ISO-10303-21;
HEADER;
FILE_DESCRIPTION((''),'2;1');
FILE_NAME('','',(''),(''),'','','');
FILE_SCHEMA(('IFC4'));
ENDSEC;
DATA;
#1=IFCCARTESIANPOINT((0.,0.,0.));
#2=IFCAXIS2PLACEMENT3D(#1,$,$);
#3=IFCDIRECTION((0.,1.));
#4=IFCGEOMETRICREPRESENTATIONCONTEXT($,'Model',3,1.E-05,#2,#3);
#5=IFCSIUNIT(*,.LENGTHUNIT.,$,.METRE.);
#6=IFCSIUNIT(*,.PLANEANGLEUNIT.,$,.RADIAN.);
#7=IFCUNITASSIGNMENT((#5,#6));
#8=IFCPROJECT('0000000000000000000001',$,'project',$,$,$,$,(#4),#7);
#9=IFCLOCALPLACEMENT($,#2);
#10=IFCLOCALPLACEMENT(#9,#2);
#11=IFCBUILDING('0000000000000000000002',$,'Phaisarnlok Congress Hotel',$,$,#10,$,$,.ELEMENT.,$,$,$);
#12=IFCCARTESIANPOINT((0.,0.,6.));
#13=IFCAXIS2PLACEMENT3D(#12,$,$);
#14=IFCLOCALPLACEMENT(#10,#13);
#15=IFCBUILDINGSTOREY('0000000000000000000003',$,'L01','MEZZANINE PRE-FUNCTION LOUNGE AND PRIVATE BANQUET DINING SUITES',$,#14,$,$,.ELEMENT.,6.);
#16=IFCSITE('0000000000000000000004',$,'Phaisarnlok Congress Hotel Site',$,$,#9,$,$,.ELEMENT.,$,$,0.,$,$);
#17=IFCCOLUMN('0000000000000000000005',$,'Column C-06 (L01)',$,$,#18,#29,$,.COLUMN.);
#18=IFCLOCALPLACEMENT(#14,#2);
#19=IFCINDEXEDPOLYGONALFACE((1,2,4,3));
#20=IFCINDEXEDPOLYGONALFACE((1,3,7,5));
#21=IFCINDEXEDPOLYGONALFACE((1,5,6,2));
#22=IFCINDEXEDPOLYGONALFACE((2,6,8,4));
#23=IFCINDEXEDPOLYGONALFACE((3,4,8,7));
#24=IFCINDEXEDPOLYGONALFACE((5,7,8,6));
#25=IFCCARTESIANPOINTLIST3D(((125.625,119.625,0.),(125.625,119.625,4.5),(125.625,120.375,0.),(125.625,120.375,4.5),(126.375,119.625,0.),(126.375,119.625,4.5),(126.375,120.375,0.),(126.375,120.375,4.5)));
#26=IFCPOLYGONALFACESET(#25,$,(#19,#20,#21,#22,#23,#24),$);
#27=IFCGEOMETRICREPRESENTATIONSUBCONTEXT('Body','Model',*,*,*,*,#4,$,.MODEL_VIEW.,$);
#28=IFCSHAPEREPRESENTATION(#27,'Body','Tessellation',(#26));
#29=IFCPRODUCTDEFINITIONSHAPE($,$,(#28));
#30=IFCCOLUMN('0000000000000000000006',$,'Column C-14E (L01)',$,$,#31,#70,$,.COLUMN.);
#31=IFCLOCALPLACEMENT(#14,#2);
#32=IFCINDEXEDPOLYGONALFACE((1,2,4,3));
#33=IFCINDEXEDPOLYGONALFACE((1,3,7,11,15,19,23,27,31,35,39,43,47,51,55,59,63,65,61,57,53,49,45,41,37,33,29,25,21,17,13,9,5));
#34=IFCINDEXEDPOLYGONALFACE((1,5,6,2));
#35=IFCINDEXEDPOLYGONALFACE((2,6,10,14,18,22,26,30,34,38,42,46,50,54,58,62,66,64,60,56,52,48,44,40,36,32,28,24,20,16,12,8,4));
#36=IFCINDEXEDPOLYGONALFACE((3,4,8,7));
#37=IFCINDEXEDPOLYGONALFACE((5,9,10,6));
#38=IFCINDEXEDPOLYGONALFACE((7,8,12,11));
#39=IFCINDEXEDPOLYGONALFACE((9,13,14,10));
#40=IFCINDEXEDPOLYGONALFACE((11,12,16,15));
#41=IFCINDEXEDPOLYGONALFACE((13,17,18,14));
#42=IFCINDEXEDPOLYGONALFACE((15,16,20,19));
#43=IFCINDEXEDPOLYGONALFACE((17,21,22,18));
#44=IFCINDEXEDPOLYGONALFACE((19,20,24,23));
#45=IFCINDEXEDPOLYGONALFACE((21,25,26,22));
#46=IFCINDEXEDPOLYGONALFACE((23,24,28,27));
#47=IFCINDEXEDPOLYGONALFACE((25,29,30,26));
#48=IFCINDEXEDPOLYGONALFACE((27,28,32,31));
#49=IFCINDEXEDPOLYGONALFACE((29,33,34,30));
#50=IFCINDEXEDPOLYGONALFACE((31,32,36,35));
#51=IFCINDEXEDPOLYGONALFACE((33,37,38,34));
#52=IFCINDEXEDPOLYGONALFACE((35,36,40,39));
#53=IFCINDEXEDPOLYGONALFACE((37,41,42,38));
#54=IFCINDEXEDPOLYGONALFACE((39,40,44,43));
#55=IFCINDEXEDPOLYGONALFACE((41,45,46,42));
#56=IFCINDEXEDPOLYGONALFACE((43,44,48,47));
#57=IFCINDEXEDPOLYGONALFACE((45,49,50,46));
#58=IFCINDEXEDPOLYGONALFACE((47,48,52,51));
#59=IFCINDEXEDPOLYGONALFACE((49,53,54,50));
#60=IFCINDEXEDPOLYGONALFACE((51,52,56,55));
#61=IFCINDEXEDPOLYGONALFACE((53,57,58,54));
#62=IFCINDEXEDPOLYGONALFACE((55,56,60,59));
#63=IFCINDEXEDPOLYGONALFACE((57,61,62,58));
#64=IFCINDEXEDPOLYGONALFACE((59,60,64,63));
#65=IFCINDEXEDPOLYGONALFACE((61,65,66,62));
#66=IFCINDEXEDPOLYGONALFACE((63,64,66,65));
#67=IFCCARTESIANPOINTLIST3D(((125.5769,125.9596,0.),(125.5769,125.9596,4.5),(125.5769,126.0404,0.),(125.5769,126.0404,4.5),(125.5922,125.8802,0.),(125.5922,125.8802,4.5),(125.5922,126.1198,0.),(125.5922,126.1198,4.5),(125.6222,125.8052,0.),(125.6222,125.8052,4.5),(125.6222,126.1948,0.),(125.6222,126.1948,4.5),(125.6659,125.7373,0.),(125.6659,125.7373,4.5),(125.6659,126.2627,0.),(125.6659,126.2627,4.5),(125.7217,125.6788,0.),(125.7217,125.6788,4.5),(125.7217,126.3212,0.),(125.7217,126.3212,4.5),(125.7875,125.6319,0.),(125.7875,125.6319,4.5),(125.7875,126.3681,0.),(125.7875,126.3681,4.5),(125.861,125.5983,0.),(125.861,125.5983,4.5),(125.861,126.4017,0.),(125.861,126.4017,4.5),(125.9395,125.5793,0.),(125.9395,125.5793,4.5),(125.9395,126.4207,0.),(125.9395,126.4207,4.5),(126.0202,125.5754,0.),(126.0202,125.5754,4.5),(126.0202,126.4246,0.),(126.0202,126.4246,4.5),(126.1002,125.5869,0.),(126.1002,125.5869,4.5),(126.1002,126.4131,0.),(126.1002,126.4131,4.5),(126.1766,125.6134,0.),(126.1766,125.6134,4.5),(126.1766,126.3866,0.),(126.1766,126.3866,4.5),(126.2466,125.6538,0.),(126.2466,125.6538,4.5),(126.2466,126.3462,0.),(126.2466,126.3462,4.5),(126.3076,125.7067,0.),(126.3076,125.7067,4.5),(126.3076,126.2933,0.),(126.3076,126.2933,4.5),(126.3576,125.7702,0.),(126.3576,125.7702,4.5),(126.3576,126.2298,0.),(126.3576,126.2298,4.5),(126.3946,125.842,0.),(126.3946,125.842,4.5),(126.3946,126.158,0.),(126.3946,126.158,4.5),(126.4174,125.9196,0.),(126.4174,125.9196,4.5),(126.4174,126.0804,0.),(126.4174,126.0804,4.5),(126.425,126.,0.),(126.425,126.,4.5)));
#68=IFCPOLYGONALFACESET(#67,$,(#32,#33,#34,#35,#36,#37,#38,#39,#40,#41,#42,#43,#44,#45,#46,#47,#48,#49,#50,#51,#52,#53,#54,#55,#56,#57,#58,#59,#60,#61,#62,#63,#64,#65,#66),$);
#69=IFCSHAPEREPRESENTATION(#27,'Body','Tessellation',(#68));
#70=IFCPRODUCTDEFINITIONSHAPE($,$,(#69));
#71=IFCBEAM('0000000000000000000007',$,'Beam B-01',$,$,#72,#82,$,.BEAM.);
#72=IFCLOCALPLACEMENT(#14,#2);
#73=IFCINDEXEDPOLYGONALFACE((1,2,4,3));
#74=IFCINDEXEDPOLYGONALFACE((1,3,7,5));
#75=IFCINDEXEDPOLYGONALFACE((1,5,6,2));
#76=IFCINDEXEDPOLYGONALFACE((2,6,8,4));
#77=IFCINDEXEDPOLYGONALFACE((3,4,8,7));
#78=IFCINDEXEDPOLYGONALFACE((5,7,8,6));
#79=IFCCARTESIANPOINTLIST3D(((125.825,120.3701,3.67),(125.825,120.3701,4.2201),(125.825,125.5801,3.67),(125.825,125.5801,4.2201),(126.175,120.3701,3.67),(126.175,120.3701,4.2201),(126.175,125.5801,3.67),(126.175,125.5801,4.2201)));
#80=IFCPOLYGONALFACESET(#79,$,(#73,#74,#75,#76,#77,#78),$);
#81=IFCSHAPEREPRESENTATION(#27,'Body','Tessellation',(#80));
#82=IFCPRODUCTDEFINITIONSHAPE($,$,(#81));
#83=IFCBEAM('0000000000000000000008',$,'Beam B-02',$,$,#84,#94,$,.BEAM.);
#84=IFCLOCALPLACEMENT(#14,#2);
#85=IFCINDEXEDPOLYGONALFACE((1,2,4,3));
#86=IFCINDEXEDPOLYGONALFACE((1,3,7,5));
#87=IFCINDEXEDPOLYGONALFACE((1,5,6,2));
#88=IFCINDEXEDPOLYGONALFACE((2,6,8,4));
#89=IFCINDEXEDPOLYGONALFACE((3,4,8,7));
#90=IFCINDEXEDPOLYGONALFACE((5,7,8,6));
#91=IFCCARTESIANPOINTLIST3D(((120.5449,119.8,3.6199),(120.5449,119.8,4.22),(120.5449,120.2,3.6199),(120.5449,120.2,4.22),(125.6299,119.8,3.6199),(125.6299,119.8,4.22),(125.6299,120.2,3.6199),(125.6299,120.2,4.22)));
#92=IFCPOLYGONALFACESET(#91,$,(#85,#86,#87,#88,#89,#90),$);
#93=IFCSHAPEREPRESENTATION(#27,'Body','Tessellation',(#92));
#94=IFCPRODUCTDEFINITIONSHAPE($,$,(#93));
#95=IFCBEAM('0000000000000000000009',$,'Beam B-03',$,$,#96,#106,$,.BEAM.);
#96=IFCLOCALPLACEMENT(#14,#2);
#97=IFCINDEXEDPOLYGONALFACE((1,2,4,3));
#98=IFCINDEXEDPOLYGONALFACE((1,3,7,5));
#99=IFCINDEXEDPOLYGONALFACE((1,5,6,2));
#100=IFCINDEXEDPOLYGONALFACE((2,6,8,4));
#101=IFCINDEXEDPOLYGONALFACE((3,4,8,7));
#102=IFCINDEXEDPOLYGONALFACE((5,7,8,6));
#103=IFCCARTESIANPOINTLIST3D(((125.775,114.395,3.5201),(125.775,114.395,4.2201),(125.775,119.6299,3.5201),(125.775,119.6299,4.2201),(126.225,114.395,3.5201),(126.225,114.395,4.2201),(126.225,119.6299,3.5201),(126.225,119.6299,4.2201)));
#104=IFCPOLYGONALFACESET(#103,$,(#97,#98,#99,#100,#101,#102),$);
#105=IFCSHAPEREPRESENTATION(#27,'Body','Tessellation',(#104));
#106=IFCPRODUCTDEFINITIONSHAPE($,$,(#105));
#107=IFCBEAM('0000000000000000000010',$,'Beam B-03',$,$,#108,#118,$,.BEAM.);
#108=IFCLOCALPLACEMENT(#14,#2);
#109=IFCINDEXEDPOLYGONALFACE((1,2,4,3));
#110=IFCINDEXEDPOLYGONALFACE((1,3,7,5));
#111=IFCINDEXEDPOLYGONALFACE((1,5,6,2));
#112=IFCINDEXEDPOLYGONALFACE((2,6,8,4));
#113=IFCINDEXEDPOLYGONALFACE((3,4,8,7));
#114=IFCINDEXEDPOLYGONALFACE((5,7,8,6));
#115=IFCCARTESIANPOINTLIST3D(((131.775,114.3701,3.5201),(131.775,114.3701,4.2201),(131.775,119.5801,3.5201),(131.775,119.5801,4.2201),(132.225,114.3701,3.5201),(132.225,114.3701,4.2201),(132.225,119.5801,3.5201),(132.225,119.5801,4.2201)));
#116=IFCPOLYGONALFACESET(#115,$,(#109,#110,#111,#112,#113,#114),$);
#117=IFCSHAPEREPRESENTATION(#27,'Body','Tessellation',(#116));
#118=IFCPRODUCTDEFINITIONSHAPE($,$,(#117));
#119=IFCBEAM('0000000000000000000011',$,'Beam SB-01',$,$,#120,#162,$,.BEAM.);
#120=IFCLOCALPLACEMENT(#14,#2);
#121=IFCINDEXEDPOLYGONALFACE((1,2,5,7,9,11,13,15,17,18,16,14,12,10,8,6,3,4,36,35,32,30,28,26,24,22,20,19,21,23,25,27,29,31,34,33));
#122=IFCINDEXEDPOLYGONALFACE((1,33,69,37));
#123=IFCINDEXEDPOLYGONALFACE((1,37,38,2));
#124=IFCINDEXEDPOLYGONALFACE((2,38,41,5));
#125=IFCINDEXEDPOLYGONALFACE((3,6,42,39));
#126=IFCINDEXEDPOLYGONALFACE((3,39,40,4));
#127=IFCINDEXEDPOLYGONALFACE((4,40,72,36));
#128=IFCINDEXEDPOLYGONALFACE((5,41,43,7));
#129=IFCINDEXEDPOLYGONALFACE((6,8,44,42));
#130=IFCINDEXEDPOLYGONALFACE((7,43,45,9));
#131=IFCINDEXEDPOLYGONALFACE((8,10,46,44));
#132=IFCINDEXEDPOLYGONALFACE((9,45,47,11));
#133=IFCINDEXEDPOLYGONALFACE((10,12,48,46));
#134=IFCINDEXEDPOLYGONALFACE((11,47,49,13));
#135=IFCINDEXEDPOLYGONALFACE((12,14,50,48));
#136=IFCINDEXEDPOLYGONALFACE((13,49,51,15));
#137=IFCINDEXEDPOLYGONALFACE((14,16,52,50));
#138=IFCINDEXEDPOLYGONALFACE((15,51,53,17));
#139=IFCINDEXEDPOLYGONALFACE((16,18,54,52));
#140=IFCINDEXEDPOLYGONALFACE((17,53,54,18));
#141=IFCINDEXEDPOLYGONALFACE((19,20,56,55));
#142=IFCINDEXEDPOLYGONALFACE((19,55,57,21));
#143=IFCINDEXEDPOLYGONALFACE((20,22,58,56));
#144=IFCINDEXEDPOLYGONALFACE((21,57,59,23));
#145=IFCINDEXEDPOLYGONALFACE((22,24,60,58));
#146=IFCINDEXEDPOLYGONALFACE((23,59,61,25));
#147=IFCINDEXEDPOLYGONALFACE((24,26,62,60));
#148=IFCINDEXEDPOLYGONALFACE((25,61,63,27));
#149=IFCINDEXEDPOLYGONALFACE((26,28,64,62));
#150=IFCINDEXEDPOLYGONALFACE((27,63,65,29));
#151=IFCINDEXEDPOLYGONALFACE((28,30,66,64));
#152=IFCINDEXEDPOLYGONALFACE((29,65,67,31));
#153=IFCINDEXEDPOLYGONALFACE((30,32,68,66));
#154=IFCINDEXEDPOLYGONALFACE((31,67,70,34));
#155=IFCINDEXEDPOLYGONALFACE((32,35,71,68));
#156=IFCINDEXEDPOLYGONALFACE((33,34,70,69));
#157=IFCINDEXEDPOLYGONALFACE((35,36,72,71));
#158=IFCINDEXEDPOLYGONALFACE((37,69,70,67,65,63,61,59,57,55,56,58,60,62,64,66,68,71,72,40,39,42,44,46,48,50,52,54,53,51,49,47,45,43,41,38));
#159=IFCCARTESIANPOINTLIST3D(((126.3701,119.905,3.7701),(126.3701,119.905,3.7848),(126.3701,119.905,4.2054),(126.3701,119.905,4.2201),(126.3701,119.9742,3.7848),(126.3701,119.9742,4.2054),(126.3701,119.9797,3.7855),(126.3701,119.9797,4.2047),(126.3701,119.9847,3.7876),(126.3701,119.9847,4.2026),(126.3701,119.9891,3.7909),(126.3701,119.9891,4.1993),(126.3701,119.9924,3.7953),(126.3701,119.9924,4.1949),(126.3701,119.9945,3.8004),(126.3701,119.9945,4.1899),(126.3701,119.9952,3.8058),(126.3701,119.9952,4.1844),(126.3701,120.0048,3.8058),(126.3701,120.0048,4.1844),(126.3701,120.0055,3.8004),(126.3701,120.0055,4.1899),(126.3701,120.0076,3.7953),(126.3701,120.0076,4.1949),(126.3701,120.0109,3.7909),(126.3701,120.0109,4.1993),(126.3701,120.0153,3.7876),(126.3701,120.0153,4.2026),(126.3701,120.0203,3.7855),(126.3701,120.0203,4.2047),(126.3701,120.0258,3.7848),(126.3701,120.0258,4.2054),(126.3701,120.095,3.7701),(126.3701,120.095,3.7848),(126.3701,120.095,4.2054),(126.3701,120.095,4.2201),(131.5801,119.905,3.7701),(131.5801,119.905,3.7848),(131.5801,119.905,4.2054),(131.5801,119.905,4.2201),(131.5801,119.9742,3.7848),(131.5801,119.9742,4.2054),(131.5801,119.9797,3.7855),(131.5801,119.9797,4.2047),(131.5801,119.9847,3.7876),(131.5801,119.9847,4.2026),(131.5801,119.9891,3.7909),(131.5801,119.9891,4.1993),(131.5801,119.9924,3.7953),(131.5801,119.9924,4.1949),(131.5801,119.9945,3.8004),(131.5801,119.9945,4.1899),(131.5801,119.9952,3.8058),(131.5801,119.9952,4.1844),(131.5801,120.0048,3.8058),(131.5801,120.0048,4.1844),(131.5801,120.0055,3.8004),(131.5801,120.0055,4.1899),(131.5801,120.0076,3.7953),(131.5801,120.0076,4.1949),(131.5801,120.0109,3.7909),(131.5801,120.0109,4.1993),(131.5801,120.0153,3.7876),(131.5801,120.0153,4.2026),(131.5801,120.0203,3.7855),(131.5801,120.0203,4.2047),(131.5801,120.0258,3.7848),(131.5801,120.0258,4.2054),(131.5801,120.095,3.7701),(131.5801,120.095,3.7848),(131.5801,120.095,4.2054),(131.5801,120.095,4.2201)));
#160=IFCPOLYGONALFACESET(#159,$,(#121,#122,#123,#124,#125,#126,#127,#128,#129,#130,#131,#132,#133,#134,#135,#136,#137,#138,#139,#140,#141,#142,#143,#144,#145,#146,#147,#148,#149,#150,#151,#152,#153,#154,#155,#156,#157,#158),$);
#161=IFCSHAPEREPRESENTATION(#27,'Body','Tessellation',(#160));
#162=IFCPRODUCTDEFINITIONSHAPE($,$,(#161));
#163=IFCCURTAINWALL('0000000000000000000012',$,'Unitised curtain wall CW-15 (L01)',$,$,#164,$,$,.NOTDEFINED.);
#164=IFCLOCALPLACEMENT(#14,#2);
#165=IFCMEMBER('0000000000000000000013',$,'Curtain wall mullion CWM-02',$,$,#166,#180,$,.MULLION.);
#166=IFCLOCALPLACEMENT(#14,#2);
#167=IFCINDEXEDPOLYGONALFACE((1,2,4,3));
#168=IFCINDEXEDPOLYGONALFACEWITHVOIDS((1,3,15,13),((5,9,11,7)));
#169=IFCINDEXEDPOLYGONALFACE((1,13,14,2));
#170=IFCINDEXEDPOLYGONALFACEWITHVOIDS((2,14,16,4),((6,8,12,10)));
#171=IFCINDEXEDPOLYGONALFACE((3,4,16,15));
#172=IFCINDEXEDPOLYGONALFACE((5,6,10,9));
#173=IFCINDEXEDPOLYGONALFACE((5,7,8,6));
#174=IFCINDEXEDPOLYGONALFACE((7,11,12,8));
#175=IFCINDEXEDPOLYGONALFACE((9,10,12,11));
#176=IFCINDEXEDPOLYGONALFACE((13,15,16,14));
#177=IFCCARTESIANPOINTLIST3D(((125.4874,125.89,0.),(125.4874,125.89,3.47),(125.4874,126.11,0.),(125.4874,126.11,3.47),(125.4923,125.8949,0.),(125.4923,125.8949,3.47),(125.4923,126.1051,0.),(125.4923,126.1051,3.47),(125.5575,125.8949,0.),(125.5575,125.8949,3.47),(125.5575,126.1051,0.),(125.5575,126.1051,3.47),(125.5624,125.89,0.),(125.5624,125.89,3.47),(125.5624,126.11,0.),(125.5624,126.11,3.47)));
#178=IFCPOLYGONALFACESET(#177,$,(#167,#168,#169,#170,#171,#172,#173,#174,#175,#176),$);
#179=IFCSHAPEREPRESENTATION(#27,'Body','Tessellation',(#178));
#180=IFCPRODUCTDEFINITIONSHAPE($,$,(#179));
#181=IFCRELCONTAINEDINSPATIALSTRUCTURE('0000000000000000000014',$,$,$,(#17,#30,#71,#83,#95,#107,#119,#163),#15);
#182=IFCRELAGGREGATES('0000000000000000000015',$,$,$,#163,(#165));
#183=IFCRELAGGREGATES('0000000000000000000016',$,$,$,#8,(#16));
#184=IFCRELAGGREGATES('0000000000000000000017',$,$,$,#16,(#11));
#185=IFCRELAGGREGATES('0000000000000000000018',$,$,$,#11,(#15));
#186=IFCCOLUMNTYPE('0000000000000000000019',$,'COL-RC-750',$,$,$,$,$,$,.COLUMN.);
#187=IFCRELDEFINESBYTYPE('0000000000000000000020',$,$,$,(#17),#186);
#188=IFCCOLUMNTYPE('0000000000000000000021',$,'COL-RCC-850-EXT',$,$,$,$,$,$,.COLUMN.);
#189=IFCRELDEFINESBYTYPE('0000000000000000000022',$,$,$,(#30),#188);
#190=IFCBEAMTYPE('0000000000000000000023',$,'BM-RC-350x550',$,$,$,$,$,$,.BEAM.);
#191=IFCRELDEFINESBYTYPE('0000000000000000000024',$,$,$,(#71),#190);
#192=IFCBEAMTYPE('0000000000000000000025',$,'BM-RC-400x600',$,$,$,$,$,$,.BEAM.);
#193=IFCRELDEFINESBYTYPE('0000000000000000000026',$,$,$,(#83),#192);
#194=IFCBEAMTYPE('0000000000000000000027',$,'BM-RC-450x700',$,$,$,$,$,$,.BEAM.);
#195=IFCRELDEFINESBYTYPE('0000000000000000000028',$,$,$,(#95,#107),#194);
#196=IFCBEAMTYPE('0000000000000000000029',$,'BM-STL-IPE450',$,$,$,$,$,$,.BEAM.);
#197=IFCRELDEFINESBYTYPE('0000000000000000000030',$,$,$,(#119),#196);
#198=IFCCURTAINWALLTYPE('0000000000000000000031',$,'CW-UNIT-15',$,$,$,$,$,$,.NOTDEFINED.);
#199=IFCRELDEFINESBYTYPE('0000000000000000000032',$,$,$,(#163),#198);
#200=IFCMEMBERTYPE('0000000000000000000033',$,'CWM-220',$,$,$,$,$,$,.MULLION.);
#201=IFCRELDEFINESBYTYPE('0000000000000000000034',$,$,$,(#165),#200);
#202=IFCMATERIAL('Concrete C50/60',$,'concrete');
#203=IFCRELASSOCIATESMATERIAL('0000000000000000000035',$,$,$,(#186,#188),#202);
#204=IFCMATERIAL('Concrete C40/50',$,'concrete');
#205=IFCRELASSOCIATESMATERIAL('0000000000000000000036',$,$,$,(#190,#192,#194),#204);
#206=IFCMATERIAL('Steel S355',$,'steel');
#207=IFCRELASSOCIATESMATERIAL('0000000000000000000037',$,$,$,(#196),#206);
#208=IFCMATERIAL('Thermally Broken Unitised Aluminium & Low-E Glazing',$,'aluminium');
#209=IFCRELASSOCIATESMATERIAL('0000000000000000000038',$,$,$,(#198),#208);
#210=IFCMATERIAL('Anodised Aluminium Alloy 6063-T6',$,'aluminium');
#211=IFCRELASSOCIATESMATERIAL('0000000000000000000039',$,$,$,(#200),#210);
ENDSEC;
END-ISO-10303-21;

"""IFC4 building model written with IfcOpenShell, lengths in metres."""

from ifc_helpers import new_model, si_unit, direction, frame, origin, origin_2d, place, context, subcontext, project, spatial, rectangle, hollow_rectangle, circle, i_section, extrude, material, material_profile, profile_set, type_object, element, aggregate, save


model = new_model("IFC4")

# Units and contexts
model_context = context("Model", 3, precision=1e-05, world=origin(), true_north=direction((0.0, 1.0)))
body_context = subcontext(model_context, "Body", "Model", "MODEL_VIEW")
ifc_project = project(units=[si_unit("LENGTHUNIT", "METRE"), si_unit("PLANEANGLEUNIT", "RADIAN")], contexts=[model_context])

# Site, building, storey
site_placement = place(None, origin())
site = spatial("IfcSite", under=ifc_project, at=site_placement, Name="Phaisarnlok Congress Hotel Site", CompositionType="ELEMENT", RefElevation=0.0)
building_placement = place(site_placement, origin())
building = spatial("IfcBuilding", under=site, at=building_placement, Name="Phaisarnlok Congress Hotel", CompositionType="ELEMENT")
storey_placement = place(building_placement, frame((0.0, 0.0, 6.0)))
storey = spatial("IfcBuildingStorey", under=building, at=storey_placement, Name="L01", Description="MEZZANINE PRE-FUNCTION LOUNGE AND PRIVATE BANQUET DINING SUITES", CompositionType="ELEMENT", Elevation=6.0)

# Columns
ifc_material_1 = material(Name="Concrete C50/60", Category="concrete")
ifc_material_profile_1 = material_profile(ifc_material_1, rectangle(XDim=0.75, YDim=0.75, at=origin_2d()), Name="RC 750x750")
ifc_profile_set_1 = profile_set([ifc_material_profile_1], Name="Concrete C50/60")
column_type_1 = type_object("IfcColumnType", Name="COL-RC-750", PredefinedType="COLUMN", material=ifc_profile_set_1)
column_1_placement = place(storey_placement, frame((126.0, 120.0, 0.0), z_axis=(0.0, 0.0, 1.0), x_axis=(1.0, 0.0, 0.0)))
element("IfcColumn", 1, at=column_1_placement, inside=storey, type_object=column_type_1, Name="Column C-06 (L01)", PredefinedType="COLUMN", context=body_context, shape_type="SweptSolid", body=[
    extrude(rectangle(XDim=0.75, YDim=0.75, at=origin_2d()), origin(), (0.0, 0.0, 1.0), 4.5),
])
ifc_material_profile_2 = material_profile(ifc_material_1, circle(Radius=0.425, at=origin_2d()), Name="RCC D850")
ifc_profile_set_2 = profile_set([ifc_material_profile_2], Name="Concrete C50/60")
column_type_2 = type_object("IfcColumnType", Name="COL-RCC-850-EXT", PredefinedType="COLUMN", material=ifc_profile_set_2)
column_2_placement = place(storey_placement, frame((126.0, 126.0, 0.0), z_axis=(0.0, 0.0, 1.0), x_axis=(1.0, 0.0, 0.0)))
element("IfcColumn", 2, at=column_2_placement, inside=storey, type_object=column_type_2, Name="Column C-14E (L01)", PredefinedType="COLUMN", context=body_context, shape_type="SweptSolid", body=[
    extrude(circle(Radius=0.425, at=origin_2d()), origin(), (0.0, 0.0, 1.0), 4.5),
])

# Beams
ifc_material_2 = material(Name="Concrete C40/50", Category="concrete")
ifc_material_profile_3 = material_profile(ifc_material_2, rectangle(XDim=0.3501, YDim=0.55, at=origin_2d()), Name="RC 350x550")
ifc_profile_set_3 = profile_set([ifc_material_profile_3], Name="Concrete C40/50")
beam_type_1 = type_object("IfcBeamType", Name="BM-RC-350x550", PredefinedType="BEAM", material=ifc_profile_set_3)
beam_1_placement = place(storey_placement, frame((126.0, 120.3701, 3.9451), z_axis=(0.0, 1.0, 0.0), x_axis=(-1.0, 0.0, 0.0)))
element("IfcBeam", 3, at=beam_1_placement, inside=storey, type_object=beam_type_1, Name="Beam B-01", PredefinedType="BEAM", context=body_context, shape_type="SweptSolid", body=[
    extrude(rectangle(XDim=0.3501, YDim=0.55, at=origin_2d()), origin(), (0.0, 0.0, 1.0), 5.21),
])
ifc_material_profile_4 = material_profile(ifc_material_2, rectangle(XDim=0.3999, YDim=0.6001, at=origin_2d()), Name="RC 400x600")
ifc_profile_set_4 = profile_set([ifc_material_profile_4], Name="Concrete C40/50")
beam_type_2 = type_object("IfcBeamType", Name="BM-RC-400x600", PredefinedType="BEAM", material=ifc_profile_set_4)
beam_2_placement = place(storey_placement, frame((120.5449, 120.0, 3.9199), z_axis=(1.0, 0.0, 0.0), x_axis=(0.0, 1.0, 0.0)))
element("IfcBeam", 4, at=beam_2_placement, inside=storey, type_object=beam_type_2, Name="Beam B-02", PredefinedType="BEAM", context=body_context, shape_type="SweptSolid", body=[
    extrude(rectangle(XDim=0.3999, YDim=0.6001, at=origin_2d()), origin(), (0.0, 0.0, 1.0), 5.085),
])
ifc_material_profile_5 = material_profile(ifc_material_2, rectangle(XDim=0.45, YDim=0.7, at=origin_2d()), Name="RC 450x700")
ifc_profile_set_5 = profile_set([ifc_material_profile_5], Name="Concrete C40/50")
beam_type_3 = type_object("IfcBeamType", Name="BM-RC-450x700", PredefinedType="BEAM", material=ifc_profile_set_5)
beam_3_placement = place(storey_placement, frame((126.0, 114.395, 3.8701), z_axis=(0.0, 1.0, 0.0), x_axis=(-1.0, 0.0, 0.0)))
element("IfcBeam", 5, at=beam_3_placement, inside=storey, type_object=beam_type_3, Name="Beam B-03", PredefinedType="BEAM", context=body_context, shape_type="SweptSolid", body=[
    extrude(rectangle(XDim=0.45, YDim=0.7, at=origin_2d()), origin(), (0.0, 0.0, 1.0), 5.2349),
])
beam_4_placement = place(storey_placement, frame((132.0, 114.3701, 3.8701), z_axis=(0.0, 1.0, 0.0), x_axis=(-1.0, 0.0, 0.0)))
element("IfcBeam", 6, at=beam_4_placement, inside=storey, type_object=beam_type_3, Name="Beam B-03", PredefinedType="BEAM", context=body_context, shape_type="SweptSolid", body=[
    extrude(rectangle(XDim=0.45, YDim=0.7, at=origin_2d()), origin(), (0.0, 0.0, 1.0), 5.21),
])
ifc_material_3 = material(Name="Steel S355", Category="steel")
ifc_material_profile_6 = material_profile(ifc_material_3, i_section(OverallWidth=0.1899, OverallDepth=0.45, WebThickness=0.0095, FlangeThickness=0.0146, FilletRadius=0.021, at=origin_2d()), Name="IPE 450")
ifc_profile_set_6 = profile_set([ifc_material_profile_6], Name="Steel S355")
beam_type_4 = type_object("IfcBeamType", Name="BM-STL-IPE450", PredefinedType="BEAM", material=ifc_profile_set_6)
beam_5_placement = place(storey_placement, frame((126.3701, 120.0, 3.9951), z_axis=(1.0, 0.0, 0.0), x_axis=(0.0, 1.0, 0.0)))
element("IfcBeam", 7, at=beam_5_placement, inside=storey, type_object=beam_type_4, Name="Beam SB-01", PredefinedType="BEAM", context=body_context, shape_type="SweptSolid", body=[
    extrude(i_section(OverallWidth=0.1899, OverallDepth=0.45, WebThickness=0.0095, FlangeThickness=0.0146, FilletRadius=0.021, at=origin_2d()), origin(), (0.0, 0.0, 1.0), 5.21),
])

# Curtain wall, member
ifc_material_4 = material(Name="Thermally Broken Unitised Aluminium & Low-E Glazing", Category="aluminium")
curtain_wall_type = type_object("IfcCurtainWallType", Name="CW-UNIT-15", PredefinedType="NOTDEFINED", material=ifc_material_4)
curtain_wall_placement = place(storey_placement, origin())
curtain_wall = element("IfcCurtainWall", 8, at=curtain_wall_placement, inside=storey, type_object=curtain_wall_type, Name="Unitised curtain wall CW-15 (L01)", PredefinedType="NOTDEFINED")
ifc_material_5 = material(Name="Anodised Aluminium Alloy 6063-T6", Category="aluminium")
ifc_material_profile_7 = material_profile(ifc_material_5, hollow_rectangle(XDim=0.075, YDim=0.22, WallThickness=0.0049, at=origin_2d()), Name="ALU-M 75x220x5")
ifc_profile_set_7 = profile_set([ifc_material_profile_7], Name="Anodised Aluminium Alloy 6063-T6")
member_type_1 = type_object("IfcMemberType", Name="CWM-220", PredefinedType="MULLION", material=ifc_profile_set_7)
member_1_placement = place(storey_placement, frame((125.5249, 126.0, 0.0), z_axis=(0.0, 0.0, 1.0), x_axis=(-1.0, 0.0, 0.0)))
member_1 = element("IfcMember", 9, at=member_1_placement, type_object=member_type_1, Name="Curtain wall mullion CWM-02", PredefinedType="MULLION", context=body_context, shape_type="SweptSolid", body=[
    extrude(hollow_rectangle(XDim=0.075, YDim=0.22, WallThickness=0.0049, at=origin_2d()), origin(), (0.0, 0.0, 1.0), 3.47),
])

aggregate(curtain_wall, [member_1])

save(model, "model.ifc")
